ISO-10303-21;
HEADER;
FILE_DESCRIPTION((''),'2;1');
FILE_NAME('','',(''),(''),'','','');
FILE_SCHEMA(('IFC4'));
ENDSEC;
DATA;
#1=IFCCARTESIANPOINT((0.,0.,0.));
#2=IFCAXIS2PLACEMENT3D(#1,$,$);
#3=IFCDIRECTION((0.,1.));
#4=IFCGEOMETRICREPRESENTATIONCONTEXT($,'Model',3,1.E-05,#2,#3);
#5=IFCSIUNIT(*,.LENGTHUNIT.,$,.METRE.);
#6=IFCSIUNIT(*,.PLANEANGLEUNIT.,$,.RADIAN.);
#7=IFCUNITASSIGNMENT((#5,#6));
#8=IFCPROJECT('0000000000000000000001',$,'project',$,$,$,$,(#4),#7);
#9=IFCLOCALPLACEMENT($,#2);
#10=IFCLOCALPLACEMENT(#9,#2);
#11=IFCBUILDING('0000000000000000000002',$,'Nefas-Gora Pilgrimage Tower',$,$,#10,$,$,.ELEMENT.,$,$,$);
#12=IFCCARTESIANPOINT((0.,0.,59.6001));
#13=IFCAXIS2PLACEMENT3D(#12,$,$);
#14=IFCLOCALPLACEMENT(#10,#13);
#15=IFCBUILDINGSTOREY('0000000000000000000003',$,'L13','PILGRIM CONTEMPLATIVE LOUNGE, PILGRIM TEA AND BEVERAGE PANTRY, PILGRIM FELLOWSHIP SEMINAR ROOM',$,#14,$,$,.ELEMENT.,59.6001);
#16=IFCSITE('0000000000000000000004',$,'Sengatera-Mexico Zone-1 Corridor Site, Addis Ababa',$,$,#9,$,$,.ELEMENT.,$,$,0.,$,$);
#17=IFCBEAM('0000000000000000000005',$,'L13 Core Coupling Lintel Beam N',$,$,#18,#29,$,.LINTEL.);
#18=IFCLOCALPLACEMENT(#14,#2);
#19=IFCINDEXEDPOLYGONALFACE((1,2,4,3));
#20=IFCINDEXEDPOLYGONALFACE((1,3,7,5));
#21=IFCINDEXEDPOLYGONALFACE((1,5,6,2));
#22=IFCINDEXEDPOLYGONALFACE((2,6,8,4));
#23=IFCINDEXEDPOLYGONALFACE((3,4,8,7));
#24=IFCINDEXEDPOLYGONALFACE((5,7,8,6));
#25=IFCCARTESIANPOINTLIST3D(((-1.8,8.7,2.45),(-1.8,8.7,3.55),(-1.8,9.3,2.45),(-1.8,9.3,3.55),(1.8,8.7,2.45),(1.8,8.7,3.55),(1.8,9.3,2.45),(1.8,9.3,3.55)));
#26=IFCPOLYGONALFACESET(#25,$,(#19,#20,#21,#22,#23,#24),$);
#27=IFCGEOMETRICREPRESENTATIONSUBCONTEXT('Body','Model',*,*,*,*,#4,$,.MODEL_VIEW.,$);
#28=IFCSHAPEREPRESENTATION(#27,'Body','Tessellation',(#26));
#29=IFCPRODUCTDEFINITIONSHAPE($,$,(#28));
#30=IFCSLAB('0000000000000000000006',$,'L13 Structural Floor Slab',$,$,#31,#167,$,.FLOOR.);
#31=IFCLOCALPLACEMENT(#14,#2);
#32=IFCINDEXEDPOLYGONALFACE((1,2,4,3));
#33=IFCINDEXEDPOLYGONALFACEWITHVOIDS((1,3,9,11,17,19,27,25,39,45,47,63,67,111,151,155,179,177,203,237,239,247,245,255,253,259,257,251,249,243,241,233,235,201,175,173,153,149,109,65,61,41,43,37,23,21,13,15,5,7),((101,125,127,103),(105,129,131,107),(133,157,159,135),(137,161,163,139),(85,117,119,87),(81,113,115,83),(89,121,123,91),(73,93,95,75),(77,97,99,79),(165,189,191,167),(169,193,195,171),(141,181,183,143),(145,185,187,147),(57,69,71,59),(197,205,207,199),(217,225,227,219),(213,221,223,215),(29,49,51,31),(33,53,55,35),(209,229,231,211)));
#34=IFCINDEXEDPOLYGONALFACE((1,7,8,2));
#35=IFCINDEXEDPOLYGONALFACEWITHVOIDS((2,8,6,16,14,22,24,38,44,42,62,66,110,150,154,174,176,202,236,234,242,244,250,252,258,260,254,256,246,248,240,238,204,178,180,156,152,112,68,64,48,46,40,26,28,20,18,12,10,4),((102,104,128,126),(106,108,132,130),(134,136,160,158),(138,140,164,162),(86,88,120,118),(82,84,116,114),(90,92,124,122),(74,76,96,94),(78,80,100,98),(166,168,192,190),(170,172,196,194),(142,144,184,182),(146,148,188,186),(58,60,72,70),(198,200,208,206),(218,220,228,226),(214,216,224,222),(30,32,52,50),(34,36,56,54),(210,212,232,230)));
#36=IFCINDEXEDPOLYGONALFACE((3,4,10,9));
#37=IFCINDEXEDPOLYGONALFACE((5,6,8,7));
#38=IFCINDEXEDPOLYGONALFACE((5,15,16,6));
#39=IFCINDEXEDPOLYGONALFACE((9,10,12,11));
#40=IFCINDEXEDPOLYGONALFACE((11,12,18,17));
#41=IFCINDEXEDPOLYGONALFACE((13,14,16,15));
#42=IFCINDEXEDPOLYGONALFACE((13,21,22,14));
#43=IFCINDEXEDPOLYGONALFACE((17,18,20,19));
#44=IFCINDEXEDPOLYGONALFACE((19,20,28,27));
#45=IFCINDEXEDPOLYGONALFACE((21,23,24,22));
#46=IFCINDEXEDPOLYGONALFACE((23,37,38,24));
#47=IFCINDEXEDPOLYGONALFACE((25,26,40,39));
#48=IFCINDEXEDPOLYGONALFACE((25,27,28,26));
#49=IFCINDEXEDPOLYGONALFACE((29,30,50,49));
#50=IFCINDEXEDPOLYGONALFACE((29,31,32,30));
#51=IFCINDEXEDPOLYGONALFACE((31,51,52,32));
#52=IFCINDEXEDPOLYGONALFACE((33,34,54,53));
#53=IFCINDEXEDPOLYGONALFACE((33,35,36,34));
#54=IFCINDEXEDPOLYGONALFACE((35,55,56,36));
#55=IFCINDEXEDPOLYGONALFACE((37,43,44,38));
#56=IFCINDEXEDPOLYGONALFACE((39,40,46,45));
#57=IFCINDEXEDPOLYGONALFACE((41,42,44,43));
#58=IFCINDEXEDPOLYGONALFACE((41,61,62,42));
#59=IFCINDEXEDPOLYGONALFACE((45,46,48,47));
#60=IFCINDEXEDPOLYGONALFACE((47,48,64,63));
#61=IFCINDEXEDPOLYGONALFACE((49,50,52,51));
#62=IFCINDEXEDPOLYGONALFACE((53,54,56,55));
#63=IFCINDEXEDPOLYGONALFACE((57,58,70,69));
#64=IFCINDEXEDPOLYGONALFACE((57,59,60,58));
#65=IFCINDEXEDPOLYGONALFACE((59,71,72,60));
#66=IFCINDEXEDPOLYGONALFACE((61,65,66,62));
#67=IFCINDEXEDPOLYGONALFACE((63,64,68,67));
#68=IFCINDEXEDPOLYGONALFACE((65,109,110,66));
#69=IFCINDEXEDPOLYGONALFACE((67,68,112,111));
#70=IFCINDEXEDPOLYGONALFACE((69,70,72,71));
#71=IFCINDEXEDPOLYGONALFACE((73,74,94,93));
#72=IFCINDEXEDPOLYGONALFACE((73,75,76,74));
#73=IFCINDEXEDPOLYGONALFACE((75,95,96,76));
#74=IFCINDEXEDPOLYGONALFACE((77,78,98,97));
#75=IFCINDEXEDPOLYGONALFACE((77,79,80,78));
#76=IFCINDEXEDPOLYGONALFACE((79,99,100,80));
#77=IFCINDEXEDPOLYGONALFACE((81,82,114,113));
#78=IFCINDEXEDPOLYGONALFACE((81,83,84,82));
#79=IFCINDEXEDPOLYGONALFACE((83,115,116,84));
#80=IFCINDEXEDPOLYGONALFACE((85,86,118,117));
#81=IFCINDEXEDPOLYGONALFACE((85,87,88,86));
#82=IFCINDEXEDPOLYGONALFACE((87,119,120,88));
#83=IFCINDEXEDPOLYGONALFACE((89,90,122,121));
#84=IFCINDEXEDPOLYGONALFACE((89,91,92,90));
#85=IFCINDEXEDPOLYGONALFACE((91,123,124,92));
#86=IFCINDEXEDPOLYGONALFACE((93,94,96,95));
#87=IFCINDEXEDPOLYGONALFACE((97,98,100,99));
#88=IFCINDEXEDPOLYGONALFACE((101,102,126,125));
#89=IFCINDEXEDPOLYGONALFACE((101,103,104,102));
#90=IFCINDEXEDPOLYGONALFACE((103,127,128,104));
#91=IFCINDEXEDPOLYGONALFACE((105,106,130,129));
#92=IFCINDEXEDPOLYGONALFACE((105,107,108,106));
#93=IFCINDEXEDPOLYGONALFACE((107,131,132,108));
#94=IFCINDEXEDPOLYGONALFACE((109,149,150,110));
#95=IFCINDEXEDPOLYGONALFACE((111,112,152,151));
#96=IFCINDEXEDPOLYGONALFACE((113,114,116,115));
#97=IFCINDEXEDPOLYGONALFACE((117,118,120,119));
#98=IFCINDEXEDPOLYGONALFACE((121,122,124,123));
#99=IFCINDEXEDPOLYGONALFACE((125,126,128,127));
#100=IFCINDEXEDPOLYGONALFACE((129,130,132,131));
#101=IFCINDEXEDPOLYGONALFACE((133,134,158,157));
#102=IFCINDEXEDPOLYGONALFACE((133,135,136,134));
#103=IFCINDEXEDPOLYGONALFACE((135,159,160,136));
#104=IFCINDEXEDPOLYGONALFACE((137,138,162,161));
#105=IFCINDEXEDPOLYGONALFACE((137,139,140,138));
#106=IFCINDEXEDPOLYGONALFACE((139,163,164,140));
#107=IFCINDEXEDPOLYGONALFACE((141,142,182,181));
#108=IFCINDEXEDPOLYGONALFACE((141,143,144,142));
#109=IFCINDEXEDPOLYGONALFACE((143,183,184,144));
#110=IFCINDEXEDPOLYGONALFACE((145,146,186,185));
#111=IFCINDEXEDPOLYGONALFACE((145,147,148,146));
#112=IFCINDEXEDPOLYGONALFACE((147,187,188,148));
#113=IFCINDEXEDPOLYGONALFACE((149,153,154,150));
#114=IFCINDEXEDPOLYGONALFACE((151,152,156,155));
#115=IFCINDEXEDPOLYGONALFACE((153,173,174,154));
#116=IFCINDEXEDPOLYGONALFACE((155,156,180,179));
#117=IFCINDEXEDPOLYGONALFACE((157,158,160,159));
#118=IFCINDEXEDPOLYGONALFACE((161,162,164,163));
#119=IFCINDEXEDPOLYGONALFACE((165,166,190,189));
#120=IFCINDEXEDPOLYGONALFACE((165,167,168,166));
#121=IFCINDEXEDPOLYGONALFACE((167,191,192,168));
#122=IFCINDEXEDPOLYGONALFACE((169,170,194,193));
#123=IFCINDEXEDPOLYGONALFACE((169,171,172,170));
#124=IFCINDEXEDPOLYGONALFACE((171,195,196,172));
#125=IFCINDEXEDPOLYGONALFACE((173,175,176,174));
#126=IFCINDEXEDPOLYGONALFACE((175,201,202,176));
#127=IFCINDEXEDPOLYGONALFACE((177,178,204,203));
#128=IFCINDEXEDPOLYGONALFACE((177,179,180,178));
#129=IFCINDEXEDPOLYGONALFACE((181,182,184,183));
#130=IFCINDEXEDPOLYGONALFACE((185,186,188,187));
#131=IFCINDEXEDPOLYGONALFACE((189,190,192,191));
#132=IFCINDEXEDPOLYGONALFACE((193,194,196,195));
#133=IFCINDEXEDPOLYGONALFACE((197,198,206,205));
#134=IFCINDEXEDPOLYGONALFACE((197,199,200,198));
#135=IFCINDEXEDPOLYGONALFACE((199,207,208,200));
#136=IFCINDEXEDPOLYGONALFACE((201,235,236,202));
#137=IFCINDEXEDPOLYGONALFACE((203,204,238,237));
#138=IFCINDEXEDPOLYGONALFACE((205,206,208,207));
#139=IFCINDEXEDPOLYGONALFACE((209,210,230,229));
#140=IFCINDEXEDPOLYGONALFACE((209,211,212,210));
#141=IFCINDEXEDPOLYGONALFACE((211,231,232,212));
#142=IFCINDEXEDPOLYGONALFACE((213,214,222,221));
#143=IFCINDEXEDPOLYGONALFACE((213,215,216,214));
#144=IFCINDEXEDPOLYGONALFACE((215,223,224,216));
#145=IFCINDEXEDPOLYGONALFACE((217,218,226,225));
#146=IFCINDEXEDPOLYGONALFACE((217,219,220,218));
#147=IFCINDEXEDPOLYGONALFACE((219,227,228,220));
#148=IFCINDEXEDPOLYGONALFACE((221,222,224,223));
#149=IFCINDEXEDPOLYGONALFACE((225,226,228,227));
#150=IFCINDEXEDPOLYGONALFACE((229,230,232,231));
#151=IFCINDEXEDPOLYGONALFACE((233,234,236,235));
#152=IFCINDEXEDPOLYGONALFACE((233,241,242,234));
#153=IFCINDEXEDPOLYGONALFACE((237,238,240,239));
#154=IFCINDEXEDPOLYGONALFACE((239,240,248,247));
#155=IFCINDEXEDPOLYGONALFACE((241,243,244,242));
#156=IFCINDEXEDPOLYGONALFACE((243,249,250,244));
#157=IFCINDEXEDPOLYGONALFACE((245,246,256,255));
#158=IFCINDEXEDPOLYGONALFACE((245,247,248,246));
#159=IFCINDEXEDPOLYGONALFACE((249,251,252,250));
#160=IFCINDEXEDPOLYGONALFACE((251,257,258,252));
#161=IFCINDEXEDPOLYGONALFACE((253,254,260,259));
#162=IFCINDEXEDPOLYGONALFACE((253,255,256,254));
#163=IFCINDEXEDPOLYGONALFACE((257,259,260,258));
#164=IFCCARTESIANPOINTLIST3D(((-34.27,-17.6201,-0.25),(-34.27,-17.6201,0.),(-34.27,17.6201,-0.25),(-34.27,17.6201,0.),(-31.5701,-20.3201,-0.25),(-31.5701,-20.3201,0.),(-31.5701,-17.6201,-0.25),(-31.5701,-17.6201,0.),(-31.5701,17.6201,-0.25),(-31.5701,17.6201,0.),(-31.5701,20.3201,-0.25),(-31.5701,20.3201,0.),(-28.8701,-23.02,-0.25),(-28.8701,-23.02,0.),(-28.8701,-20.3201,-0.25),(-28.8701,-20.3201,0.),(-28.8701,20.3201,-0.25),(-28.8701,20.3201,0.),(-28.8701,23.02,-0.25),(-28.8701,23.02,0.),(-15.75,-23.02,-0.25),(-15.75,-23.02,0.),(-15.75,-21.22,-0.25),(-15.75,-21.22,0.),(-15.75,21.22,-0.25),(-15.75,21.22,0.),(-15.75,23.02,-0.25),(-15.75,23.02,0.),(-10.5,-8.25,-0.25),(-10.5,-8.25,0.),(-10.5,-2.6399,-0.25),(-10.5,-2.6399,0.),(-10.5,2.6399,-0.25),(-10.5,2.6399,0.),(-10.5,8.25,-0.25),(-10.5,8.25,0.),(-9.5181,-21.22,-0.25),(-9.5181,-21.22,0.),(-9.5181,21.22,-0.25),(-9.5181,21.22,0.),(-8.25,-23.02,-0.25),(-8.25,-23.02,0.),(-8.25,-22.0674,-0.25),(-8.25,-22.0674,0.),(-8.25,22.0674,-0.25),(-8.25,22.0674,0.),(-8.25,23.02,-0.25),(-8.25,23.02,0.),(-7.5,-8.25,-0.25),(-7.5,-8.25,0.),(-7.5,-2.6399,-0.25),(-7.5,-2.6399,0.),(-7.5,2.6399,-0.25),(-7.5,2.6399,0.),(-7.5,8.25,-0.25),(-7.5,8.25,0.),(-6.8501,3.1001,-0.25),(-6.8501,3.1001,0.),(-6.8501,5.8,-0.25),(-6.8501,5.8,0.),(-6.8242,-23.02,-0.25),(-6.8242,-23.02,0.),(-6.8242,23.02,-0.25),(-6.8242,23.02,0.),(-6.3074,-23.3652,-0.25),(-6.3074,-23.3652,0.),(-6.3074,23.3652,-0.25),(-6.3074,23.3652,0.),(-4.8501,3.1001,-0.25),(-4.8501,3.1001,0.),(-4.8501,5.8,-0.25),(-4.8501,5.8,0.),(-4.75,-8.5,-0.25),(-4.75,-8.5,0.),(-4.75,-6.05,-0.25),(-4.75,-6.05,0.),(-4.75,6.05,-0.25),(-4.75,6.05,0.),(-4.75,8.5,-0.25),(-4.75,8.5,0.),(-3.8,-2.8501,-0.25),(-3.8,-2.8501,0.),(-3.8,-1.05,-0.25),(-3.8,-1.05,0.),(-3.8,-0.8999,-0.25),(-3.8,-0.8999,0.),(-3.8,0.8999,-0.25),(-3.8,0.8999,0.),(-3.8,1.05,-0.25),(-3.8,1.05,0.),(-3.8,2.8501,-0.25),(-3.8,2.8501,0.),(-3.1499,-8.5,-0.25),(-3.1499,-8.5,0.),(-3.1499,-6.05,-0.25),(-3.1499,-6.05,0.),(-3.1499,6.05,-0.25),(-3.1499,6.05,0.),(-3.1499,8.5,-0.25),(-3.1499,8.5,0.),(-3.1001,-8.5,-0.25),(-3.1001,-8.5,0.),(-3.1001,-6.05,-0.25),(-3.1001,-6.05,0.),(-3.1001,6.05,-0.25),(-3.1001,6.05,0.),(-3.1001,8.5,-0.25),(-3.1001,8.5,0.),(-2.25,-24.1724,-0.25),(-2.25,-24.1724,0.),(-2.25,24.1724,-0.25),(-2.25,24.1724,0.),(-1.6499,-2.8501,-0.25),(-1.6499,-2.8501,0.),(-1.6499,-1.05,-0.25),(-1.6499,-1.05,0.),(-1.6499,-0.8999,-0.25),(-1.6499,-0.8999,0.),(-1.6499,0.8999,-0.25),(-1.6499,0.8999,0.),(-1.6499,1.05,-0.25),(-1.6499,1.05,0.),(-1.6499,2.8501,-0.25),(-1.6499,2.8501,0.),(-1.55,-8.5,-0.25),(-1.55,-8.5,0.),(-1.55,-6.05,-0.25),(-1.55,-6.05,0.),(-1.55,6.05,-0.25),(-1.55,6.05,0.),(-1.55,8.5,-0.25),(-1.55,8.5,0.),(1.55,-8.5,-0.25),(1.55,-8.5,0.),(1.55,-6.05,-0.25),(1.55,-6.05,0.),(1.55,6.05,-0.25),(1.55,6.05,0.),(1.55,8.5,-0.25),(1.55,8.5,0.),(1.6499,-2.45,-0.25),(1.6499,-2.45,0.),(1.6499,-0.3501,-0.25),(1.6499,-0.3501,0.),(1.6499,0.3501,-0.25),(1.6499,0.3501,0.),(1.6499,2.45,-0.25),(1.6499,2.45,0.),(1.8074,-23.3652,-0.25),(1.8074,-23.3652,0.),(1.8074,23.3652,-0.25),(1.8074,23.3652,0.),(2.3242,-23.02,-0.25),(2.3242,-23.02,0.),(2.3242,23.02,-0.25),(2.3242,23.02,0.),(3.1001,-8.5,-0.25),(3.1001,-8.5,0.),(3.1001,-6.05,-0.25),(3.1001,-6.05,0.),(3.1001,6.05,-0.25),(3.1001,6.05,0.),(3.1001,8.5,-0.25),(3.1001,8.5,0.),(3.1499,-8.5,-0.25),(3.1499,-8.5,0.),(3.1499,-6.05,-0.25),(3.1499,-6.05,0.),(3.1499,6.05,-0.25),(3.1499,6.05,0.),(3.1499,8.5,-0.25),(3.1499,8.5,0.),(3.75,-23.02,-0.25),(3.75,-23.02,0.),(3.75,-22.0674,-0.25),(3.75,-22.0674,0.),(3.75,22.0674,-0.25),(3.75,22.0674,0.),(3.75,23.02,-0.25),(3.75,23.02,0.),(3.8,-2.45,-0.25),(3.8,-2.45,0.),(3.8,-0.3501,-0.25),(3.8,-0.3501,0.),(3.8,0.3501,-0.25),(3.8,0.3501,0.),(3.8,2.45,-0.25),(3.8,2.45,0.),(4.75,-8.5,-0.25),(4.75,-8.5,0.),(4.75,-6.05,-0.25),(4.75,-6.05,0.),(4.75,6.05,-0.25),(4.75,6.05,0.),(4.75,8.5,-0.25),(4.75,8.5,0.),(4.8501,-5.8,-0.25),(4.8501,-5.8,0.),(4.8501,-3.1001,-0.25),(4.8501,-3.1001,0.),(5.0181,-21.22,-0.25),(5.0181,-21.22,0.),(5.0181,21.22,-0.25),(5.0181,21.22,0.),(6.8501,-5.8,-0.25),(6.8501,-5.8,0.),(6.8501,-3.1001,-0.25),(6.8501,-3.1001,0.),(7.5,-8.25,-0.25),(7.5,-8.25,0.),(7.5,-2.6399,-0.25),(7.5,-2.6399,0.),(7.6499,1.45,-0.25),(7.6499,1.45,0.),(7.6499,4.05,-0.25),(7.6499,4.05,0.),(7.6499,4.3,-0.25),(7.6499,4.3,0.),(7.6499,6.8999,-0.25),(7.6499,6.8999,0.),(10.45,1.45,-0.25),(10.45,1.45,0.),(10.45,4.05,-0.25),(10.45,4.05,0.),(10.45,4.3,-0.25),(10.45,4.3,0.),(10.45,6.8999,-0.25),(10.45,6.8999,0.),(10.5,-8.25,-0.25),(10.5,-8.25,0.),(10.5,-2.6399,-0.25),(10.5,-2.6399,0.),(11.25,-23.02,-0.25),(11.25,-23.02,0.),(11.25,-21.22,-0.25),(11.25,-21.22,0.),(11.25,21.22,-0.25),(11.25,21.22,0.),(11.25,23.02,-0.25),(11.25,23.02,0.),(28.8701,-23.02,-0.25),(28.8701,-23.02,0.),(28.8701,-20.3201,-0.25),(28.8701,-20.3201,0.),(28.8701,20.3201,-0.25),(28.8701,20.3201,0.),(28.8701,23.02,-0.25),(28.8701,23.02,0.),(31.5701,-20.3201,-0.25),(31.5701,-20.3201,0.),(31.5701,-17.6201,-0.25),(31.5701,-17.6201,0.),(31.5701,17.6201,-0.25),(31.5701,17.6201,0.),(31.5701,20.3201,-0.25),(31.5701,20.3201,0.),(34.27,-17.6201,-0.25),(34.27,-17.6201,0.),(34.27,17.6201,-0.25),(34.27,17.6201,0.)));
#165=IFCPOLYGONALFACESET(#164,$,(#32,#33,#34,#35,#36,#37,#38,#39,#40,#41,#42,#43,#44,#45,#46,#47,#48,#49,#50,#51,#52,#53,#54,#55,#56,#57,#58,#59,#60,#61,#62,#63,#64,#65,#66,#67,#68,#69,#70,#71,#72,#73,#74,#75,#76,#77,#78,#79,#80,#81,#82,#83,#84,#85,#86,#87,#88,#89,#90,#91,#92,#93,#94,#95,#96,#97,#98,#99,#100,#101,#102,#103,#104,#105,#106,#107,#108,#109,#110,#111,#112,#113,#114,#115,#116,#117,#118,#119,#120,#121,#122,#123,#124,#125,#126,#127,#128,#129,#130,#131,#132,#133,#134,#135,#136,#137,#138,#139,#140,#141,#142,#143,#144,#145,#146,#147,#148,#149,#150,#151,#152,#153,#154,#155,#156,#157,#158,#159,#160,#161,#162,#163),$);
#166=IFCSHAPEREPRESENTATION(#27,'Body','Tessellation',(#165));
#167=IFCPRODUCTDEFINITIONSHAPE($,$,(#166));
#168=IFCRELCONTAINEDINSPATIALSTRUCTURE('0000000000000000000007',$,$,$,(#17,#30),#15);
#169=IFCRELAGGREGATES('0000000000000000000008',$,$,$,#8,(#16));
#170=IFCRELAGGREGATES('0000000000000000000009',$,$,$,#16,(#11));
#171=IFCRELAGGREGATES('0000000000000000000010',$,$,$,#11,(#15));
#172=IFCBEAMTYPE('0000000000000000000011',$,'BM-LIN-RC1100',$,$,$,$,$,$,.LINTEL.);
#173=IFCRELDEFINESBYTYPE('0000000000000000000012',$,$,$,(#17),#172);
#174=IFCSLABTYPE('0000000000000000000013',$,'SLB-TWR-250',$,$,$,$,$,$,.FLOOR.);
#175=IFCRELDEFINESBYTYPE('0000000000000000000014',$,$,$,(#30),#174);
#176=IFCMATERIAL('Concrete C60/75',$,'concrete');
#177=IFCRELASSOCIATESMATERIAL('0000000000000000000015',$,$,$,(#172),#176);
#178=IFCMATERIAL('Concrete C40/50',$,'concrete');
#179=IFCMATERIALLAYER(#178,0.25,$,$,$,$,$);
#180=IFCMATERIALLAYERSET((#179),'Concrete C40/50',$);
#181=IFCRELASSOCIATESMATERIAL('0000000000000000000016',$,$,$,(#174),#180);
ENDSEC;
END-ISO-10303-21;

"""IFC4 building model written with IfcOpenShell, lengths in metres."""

from ifc_helpers import new_model, si_unit, direction, frame, origin, origin_2d, place, context, subcontext, project, spatial, polyline, rectangle, outline, extrude, source, transform, mapped, material, layer, layer_set, material_profile, profile_set, type_object, element, save


model = new_model("IFC4")

# Units and contexts
model_context = context("Model", 3, precision=1e-05, world=origin(), true_north=direction((0.0, 1.0)))
body_context = subcontext(model_context, "Body", "Model", "MODEL_VIEW")
ifc_project = project(units=[si_unit("LENGTHUNIT", "METRE"), si_unit("PLANEANGLEUNIT", "RADIAN")], contexts=[model_context])

# Site, building, storey
site_placement = place(None, origin())
site = spatial("IfcSite", under=ifc_project, at=site_placement, Name="Sengatera-Mexico Zone-1 Corridor Site, Addis Ababa", CompositionType="ELEMENT", RefElevation=0.0)
building_placement = place(site_placement, origin())
building = spatial("IfcBuilding", under=site, at=building_placement, Name="Nefas-Gora Pilgrimage Tower", CompositionType="ELEMENT")
storey_placement = place(building_placement, frame((0.0, 0.0, 59.6001)))
storey = spatial("IfcBuildingStorey", under=building, at=storey_placement, Name="L13", Description="PILGRIM CONTEMPLATIVE LOUNGE, PILGRIM TEA AND BEVERAGE PANTRY, PILGRIM FELLOWSHIP SEMINAR ROOM", CompositionType="ELEMENT", Elevation=59.6001)

# Beam
ifc_material_1 = material(Name="Concrete C60/75", Category="concrete")
ifc_material_profile = material_profile(ifc_material_1, rectangle(XDim=0.6001, YDim=1.1001, at=origin_2d()), Name="RC 600x1100")
ifc_profile_set = profile_set([ifc_material_profile], Name="Concrete C60/75")
beam_type = type_object("IfcBeamType", Name="BM-LIN-RC1100", PredefinedType="LINTEL", material=ifc_profile_set)
shared_shape_1 = source(origin(), body_context, "Body", "SweptSolid", [
    extrude(rectangle(XDim=0.6001, YDim=1.1001, at=origin_2d()), origin(), (0.0, 0.0, 1.0), 3.6001),
])
beam_placement = place(storey_placement, frame((-1.8, 9.0, 3.0), z_axis=(1.0, 0.0, 0.0), x_axis=(0.0, 1.0, 0.0)))
element("IfcBeam", 1, at=beam_placement, inside=storey, type_object=beam_type, Name="L13 Core Coupling Lintel Beam N", PredefinedType="LINTEL", context=body_context, shape_type="MappedRepresentation", body=[
    mapped(shared_shape_1, transform((0.0, 0.0, 0.0), x_axis=(1.0, 0.0, 0.0), y_axis=(0.0, 1.0, 0.0), z_axis=(0.0, 0.0, 1.0), scale=1.0)),
])

# Slab
ifc_material_2 = material(Name="Concrete C40/50", Category="concrete")
ifc_layer_1 = layer(ifc_material_2, 0.25)
ifc_layer_set_1 = layer_set([ifc_layer_1], Name="Concrete C40/50")
slab_type_1 = type_object("IfcSlabType", Name="SLB-TWR-250", PredefinedType="FLOOR", material=ifc_layer_set_1)
slab_1_placement = place(storey_placement, frame((0.0, 0.0, -0.25)))
element("IfcSlab", 2, at=slab_1_placement, inside=storey, type_object=slab_type_1, Name="L13 Structural Floor Slab", PredefinedType="FLOOR", context=body_context, shape_type="SweptSolid", body=[
    extrude(outline(polyline([(5.0181, -21.22), (11.25, -21.22), (11.25, -23.02), (28.8701, -23.02), (28.8701, -20.3201), (31.5701, -20.3201), (31.5701, -17.6201), (34.27, -17.6201), (34.27, 17.6201), (31.5701, 17.6201), (31.5701, 20.3201), (28.8701, 20.3201), (28.8701, 23.02), (11.25, 23.02), (11.25, 21.22), (5.0181, 21.22), (3.75, 22.0674), (3.75, 23.02), (2.3242, 23.02), (1.8074, 23.3652), (-2.25, 24.1724), (-6.3074, 23.3652), (-6.8242, 23.02), (-8.25, 23.02), (-8.25, 22.0674), (-9.5181, 21.22), (-15.75, 21.22), (-15.75, 23.02), (-28.8701, 23.02), (-28.8701, 20.3201), (-31.5701, 20.3201), (-31.5701, 17.6201), (-34.27, 17.6201), (-34.27, -17.6201), (-31.5701, -17.6201), (-31.5701, -20.3201), (-28.8701, -20.3201), (-28.8701, -23.02), (-15.75, -23.02), (-15.75, -21.22), (-9.5181, -21.22), (-8.25, -22.0674), (-8.25, -23.02), (-6.8242, -23.02), (-6.3074, -23.3652), (-2.25, -24.1724), (1.8074, -23.3652), (2.3242, -23.02), (3.75, -23.02), (3.75, -22.0674), (5.0181, -21.22)]), holes=[polyline([(-10.5, 2.6399), (-10.5, 8.25), (-7.5, 8.25), (-7.5, 2.6399), (-10.5, 2.6399)]), polyline([(10.5, -2.6399), (10.5, -8.25), (7.5, -8.25), (7.5, -2.6399), (10.5, -2.6399)]), polyline([(-7.5, -2.6399), (-7.5, -8.25), (-10.5, -8.25), (-10.5, -2.6399), (-7.5, -2.6399)]), polyline([(-6.8501, 5.8), (-4.8501, 5.8), (-4.8501, 3.1001), (-6.8501, 3.1001), (-6.8501, 5.8)]), polyline([(4.8501, -3.1001), (6.8501, -3.1001), (6.8501, -5.8), (4.8501, -5.8), (4.8501, -3.1001)]), polyline([(7.6499, 4.05), (10.45, 4.05), (10.45, 1.45), (7.6499, 1.45), (7.6499, 4.05)]), polyline([(7.6499, 6.8999), (10.45, 6.8999), (10.45, 4.3), (7.6499, 4.3), (7.6499, 6.8999)]), polyline([(-4.75, 8.5), (-3.1499, 8.5), (-3.1499, 6.05), (-4.75, 6.05), (-4.75, 8.5)]), polyline([(-3.1001, 8.5), (-1.55, 8.5), (-1.55, 6.05), (-3.1001, 6.05), (-3.1001, 8.5)]), polyline([(1.55, 8.5), (3.1001, 8.5), (3.1001, 6.05), (1.55, 6.05), (1.55, 8.5)]), polyline([(3.1499, 8.5), (4.75, 8.5), (4.75, 6.05), (3.1499, 6.05), (3.1499, 8.5)]), polyline([(-4.75, -6.05), (-3.1499, -6.05), (-3.1499, -8.5), (-4.75, -8.5), (-4.75, -6.05)]), polyline([(-3.1001, -6.05), (-1.55, -6.05), (-1.55, -8.5), (-3.1001, -8.5), (-3.1001, -6.05)]), polyline([(1.55, -6.05), (3.1001, -6.05), (3.1001, -8.5), (1.55, -8.5), (1.55, -6.05)]), polyline([(3.1499, -6.05), (4.75, -6.05), (4.75, -8.5), (3.1499, -8.5), (3.1499, -6.05)]), polyline([(-3.8, -1.05), (-1.6499, -1.05), (-1.6499, -2.8501), (-3.8, -2.8501), (-3.8, -1.05)]), polyline([(-3.8, 0.8999), (-1.6499, 0.8999), (-1.6499, -0.8999), (-3.8, -0.8999), (-3.8, 0.8999)]), polyline([(-3.8, 2.8501), (-1.6499, 2.8501), (-1.6499, 1.05), (-3.8, 1.05), (-3.8, 2.8501)]), polyline([(1.6499, -0.3501), (3.8, -0.3501), (3.8, -2.45), (1.6499, -2.45), (1.6499, -0.3501)]), polyline([(1.6499, 2.45), (3.8, 2.45), (3.8, 0.3501), (1.6499, 0.3501), (1.6499, 2.45)])]), origin(), (0.0, 0.0, 1.0), 0.25),
])

save(model, "model.ifc")
